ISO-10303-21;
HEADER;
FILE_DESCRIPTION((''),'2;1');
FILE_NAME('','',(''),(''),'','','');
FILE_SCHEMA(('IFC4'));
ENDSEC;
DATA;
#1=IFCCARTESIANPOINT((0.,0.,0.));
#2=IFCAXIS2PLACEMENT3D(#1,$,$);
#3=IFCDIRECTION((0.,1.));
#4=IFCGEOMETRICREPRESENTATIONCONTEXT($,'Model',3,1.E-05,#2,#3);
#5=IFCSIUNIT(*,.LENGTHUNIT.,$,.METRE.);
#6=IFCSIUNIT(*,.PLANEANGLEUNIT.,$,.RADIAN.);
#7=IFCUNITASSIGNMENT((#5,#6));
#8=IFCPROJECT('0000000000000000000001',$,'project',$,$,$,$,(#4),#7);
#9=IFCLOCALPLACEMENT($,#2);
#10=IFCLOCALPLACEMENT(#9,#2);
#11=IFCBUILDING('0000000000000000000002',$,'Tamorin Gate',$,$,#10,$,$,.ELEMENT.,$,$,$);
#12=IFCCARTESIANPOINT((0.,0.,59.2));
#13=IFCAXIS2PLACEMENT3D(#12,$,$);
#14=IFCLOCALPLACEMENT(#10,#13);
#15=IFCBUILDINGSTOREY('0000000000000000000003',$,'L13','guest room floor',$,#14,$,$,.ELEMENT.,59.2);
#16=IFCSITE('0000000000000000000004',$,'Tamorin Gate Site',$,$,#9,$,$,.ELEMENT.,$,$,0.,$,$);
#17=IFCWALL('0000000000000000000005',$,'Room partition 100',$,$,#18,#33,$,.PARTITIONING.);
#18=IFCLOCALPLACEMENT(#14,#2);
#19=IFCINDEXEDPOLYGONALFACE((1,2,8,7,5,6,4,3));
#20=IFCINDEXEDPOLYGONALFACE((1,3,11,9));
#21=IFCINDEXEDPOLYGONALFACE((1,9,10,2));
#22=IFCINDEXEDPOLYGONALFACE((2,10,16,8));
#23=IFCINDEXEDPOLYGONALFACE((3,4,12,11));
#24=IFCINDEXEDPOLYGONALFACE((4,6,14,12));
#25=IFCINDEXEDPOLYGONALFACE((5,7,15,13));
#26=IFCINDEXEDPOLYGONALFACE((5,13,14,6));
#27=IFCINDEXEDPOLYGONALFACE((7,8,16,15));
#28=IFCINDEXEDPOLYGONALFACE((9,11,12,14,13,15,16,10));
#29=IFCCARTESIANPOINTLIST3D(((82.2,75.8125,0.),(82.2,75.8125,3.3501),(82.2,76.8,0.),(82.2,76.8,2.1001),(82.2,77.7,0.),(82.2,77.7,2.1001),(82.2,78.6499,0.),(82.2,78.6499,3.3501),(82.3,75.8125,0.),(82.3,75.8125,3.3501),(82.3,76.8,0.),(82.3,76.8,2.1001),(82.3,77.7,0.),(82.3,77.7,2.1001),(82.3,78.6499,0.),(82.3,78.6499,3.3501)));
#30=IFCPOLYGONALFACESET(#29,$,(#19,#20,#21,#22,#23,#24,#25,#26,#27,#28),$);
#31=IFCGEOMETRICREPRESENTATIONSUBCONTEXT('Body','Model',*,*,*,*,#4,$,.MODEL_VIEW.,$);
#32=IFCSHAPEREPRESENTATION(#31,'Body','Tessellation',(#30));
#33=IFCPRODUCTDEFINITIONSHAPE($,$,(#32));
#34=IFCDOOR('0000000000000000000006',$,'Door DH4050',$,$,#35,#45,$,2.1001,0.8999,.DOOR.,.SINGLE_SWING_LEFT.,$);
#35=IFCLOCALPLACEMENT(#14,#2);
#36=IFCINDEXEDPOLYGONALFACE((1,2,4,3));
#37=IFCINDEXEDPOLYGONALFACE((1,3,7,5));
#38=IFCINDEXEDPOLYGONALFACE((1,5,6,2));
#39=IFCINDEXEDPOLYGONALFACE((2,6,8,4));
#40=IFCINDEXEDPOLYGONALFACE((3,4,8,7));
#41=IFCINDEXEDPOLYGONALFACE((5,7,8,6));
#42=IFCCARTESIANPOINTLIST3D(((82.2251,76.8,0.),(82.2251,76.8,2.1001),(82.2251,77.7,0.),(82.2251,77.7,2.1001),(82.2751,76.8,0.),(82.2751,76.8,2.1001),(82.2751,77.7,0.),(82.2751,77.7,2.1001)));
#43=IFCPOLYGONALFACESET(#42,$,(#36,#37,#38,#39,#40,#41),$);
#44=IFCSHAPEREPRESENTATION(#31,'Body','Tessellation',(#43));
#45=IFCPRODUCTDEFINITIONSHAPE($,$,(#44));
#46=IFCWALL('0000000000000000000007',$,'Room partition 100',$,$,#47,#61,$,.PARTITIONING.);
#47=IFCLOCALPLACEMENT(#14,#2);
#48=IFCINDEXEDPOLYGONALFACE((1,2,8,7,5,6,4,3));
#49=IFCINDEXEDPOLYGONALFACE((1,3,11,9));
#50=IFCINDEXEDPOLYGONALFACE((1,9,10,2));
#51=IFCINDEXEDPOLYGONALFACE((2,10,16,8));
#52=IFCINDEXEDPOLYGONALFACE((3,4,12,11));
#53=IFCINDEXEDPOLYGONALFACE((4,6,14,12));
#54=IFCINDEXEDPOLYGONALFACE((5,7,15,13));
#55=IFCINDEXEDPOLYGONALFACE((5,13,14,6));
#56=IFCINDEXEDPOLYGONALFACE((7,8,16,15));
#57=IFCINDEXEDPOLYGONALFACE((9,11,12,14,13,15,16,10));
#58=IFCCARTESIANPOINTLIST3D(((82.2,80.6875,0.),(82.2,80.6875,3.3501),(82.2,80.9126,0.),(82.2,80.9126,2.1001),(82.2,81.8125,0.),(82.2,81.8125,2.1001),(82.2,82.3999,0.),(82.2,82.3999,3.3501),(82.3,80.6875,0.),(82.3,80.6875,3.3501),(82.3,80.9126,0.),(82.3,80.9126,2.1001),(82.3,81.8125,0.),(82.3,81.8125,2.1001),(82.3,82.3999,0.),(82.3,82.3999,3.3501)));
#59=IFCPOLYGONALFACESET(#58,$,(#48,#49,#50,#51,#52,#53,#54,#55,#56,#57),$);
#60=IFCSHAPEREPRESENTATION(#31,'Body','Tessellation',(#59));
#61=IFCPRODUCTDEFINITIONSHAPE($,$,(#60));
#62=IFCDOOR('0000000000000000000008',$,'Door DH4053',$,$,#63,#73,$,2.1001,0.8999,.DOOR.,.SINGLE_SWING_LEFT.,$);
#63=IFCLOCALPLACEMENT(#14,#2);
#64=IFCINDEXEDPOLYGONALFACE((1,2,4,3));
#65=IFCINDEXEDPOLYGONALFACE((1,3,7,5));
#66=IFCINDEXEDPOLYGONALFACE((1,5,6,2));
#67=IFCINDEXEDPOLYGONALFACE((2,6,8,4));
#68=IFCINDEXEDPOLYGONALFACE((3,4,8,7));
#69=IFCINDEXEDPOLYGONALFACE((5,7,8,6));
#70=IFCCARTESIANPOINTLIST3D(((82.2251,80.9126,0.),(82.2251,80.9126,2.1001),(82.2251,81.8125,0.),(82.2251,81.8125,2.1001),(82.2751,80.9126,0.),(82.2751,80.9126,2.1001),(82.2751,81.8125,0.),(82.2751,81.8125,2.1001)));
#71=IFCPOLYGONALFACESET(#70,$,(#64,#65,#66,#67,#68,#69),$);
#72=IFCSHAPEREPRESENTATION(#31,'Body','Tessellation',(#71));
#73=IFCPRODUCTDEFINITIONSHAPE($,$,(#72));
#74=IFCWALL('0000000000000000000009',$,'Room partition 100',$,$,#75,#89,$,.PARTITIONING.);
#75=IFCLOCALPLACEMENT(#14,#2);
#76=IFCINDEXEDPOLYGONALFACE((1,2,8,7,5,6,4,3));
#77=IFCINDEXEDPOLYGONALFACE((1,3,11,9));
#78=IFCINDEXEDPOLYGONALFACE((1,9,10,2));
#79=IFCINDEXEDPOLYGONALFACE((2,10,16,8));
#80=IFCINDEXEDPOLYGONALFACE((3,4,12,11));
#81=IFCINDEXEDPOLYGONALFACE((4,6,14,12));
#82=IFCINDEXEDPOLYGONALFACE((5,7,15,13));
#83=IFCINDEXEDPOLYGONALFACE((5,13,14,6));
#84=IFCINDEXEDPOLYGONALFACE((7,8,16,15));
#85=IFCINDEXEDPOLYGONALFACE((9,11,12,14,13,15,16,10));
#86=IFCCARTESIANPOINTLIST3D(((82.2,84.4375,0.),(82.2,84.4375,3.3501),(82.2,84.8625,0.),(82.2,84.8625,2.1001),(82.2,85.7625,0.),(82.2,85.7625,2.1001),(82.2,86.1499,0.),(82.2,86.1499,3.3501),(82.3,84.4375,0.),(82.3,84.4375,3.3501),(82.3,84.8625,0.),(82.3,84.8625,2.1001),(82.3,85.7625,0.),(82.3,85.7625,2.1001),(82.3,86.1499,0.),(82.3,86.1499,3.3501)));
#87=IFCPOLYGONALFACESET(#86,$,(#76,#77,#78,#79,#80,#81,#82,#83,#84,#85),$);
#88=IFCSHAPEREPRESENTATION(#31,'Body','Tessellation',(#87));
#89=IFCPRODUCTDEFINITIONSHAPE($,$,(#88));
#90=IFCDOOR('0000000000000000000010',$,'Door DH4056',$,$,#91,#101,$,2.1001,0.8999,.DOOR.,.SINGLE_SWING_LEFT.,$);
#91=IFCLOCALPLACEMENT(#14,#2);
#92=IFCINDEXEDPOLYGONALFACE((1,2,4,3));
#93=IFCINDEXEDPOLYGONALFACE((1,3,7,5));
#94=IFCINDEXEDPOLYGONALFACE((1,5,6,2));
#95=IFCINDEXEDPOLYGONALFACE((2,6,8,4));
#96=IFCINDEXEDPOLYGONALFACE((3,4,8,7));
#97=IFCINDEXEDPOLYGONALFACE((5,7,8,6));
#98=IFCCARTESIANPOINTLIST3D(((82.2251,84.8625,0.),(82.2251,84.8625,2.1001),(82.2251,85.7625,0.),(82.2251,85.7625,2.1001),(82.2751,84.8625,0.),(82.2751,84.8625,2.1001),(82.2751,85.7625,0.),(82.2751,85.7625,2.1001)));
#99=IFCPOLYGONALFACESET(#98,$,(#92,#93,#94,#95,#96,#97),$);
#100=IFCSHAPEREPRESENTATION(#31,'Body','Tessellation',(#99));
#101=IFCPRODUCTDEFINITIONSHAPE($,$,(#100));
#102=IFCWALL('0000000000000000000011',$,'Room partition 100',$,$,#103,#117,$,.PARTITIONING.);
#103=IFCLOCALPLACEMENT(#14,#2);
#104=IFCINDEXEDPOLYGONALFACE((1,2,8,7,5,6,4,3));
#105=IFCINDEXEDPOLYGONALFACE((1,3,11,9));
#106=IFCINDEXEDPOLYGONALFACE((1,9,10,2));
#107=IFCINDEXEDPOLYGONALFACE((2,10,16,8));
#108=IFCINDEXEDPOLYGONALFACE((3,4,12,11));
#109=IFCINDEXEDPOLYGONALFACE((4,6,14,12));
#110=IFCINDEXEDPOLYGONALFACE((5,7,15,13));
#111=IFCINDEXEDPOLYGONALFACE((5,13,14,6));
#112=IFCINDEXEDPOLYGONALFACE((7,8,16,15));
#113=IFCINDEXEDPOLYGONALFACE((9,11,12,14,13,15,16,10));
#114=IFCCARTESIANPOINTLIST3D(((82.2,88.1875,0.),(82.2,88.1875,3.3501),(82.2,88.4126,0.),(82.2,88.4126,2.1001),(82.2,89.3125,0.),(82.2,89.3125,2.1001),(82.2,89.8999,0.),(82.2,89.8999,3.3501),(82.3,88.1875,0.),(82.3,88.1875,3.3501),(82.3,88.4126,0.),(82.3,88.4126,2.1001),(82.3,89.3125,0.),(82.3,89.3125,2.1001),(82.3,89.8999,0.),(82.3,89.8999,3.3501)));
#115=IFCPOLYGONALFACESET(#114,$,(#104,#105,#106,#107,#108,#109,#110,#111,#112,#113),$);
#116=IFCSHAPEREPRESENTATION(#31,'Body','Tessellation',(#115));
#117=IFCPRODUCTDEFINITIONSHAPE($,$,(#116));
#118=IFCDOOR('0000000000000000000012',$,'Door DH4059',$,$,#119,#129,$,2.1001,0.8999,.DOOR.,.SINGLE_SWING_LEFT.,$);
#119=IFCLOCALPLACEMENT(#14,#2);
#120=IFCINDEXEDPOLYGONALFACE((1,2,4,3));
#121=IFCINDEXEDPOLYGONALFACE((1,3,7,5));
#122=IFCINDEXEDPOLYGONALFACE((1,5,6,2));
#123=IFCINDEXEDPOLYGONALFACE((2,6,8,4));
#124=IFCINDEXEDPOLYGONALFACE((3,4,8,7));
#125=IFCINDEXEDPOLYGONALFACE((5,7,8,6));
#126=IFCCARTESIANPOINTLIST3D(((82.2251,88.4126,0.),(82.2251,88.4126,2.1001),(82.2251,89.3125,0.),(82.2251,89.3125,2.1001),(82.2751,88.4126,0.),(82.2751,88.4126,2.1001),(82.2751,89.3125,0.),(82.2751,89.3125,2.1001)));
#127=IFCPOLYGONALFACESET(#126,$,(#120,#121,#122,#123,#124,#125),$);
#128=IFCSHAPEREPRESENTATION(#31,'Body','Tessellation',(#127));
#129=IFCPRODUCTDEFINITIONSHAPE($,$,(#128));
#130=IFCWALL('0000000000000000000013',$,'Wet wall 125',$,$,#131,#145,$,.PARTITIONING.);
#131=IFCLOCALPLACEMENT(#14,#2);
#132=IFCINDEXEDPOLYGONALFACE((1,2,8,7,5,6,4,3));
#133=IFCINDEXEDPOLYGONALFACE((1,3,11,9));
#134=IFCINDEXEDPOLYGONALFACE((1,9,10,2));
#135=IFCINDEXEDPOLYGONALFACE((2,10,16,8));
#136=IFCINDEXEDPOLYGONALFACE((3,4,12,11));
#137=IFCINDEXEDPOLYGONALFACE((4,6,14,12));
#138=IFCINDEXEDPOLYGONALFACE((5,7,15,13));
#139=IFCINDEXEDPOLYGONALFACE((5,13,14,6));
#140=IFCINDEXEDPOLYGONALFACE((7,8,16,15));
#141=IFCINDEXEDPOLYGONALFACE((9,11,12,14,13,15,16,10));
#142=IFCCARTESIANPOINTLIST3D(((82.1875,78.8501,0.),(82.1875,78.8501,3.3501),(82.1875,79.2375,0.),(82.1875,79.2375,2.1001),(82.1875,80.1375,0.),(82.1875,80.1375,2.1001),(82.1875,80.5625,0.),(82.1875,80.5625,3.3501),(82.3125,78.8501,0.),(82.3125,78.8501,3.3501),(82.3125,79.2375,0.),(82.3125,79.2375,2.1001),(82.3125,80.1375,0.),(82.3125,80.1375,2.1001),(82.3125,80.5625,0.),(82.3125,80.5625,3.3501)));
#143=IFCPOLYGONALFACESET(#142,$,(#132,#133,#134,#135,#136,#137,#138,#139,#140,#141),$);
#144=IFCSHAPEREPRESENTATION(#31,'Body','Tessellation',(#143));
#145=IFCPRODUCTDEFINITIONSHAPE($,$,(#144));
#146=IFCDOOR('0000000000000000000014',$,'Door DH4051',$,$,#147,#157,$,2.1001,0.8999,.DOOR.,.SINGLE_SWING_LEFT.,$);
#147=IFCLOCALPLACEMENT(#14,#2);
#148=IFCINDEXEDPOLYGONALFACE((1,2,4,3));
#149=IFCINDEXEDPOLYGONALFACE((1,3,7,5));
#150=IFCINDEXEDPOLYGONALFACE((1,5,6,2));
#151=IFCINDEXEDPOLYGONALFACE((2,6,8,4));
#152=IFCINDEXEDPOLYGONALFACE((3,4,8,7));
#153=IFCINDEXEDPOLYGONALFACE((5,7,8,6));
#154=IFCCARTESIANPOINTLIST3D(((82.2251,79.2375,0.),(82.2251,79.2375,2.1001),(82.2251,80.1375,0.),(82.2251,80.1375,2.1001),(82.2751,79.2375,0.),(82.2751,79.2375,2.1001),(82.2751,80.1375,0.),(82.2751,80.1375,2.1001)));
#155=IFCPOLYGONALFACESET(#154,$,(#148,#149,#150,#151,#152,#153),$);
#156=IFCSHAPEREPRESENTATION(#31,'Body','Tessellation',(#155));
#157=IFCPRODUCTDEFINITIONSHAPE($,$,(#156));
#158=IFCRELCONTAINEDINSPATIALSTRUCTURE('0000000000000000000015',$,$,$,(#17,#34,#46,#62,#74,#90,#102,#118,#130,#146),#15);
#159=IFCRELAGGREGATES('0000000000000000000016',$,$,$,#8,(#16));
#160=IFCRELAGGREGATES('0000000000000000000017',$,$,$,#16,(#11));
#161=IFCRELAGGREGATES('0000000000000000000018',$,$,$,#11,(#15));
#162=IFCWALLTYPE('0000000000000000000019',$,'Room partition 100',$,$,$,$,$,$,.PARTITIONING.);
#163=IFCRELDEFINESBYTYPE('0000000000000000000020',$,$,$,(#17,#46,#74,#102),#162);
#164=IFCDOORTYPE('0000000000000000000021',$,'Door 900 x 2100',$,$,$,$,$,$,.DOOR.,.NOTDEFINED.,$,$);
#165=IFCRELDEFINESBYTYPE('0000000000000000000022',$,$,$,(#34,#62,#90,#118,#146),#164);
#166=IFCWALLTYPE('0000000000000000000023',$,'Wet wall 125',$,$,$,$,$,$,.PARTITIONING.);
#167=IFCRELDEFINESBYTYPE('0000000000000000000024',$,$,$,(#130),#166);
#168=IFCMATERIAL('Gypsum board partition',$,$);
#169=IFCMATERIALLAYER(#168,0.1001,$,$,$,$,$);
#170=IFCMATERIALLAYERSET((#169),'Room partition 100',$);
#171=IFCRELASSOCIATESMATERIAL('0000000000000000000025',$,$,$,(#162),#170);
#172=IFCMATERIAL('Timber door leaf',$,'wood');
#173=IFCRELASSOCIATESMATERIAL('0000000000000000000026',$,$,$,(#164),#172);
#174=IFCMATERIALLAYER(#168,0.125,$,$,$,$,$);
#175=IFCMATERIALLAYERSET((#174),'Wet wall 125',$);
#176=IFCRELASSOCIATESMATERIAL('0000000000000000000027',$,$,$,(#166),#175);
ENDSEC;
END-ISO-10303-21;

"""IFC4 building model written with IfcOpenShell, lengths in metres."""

from ifc_helpers import new_model, si_unit, direction, frame, frame_2d, origin, place, context, subcontext, project, spatial, rectangle, extrude, material, layer, layer_set, type_object, element, fill, save


model = new_model("IFC4")

# Units and contexts
model_context = context("Model", 3, precision=1e-05, world=origin(), true_north=direction((0.0, 1.0)))
body_context = subcontext(model_context, "Body", "Model", "MODEL_VIEW")
ifc_project = project(units=[si_unit("LENGTHUNIT", "METRE"), si_unit("PLANEANGLEUNIT", "RADIAN")], contexts=[model_context])

# Site, building, storey
site_placement = place(None, origin())
site = spatial("IfcSite", under=ifc_project, at=site_placement, Name="Tamorin Gate Site", CompositionType="ELEMENT", RefElevation=0.0)
building_placement = place(site_placement, origin())
building = spatial("IfcBuilding", under=site, at=building_placement, Name="Tamorin Gate", CompositionType="ELEMENT")
storey_placement = place(building_placement, frame((0.0, 0.0, 59.2)))
storey = spatial("IfcBuildingStorey", under=building, at=storey_placement, Name="L13", Description="guest room floor", CompositionType="ELEMENT", Elevation=59.2)

# Walls, openings, doors
ifc_material_1 = material(Name="Gypsum board partition")
ifc_layer_1 = layer(ifc_material_1, 0.1001)
ifc_layer_set_1 = layer_set([ifc_layer_1], Name="Room partition 100")
wall_type_1 = type_object("IfcWallType", Name="Room partition 100", PredefinedType="PARTITIONING", material=ifc_layer_set_1)
wall_1_placement = place(storey_placement, frame((82.25, 75.8125, 0.0), z_axis=(0.0, 0.0, 1.0), x_axis=(0.0, 1.0, 0.0)))
wall_1 = element("IfcWall", 1, at=wall_1_placement, inside=storey, type_object=wall_type_1, Name="Room partition 100", PredefinedType="PARTITIONING", context=body_context, shape_type="SweptSolid", body=[
    extrude(rectangle(XDim=2.8374, YDim=0.1001, at=frame_2d((1.4187, 0.0))), origin(), (0.0, 0.0, 1.0), 3.3501),
])
opening_1_placement = place(wall_1_placement, frame((0.9875, 0.0, 0.0)))
opening_1 = element("IfcOpeningElement", 2, at=opening_1_placement, cuts=wall_1, PredefinedType="OPENING", context=body_context, shape_type="SweptSolid", body=[
    extrude(rectangle(XDim=0.8999, YDim=2.1001, at=frame_2d((0.45, 1.05))), frame((0.0, 0.0601, 0.0), z_axis=(0.0, -1.0, 0.0), x_axis=(1.0, 0.0, 0.0)), (0.0, 0.0, 1.0), 0.1201),
])
ifc_material_2 = material(Name="Timber door leaf", Category="wood")
door_type = type_object("IfcDoorType", Name="Door 900 x 2100", OperationType="NOTDEFINED", PredefinedType="DOOR", material=ifc_material_2)
door_1_placement = place(opening_1_placement, origin())
door_1 = element("IfcDoor", 3, at=door_1_placement, inside=storey, type_object=door_type, Name="Door DH4050", OperationType="SINGLE_SWING_LEFT", OverallHeight=2.1001, OverallWidth=0.8999, PredefinedType="DOOR", context=body_context, shape_type="SweptSolid", body=[
    extrude(rectangle(XDim=0.8999, YDim=2.1001, at=frame_2d((0.45, 1.05))), frame((0.0, 0.0249, 0.0), z_axis=(0.0, -1.0, 0.0), x_axis=(1.0, 0.0, 0.0)), (0.0, 0.0, 1.0), 0.05),
])
fill(opening_1, door_1)
wall_2_placement = place(storey_placement, frame((82.25, 80.6875, 0.0), z_axis=(0.0, 0.0, 1.0), x_axis=(0.0, 1.0, 0.0)))
wall_2 = element("IfcWall", 4, at=wall_2_placement, inside=storey, type_object=wall_type_1, Name="Room partition 100", PredefinedType="PARTITIONING", context=body_context, shape_type="SweptSolid", body=[
    extrude(rectangle(XDim=1.7124, YDim=0.1001, at=frame_2d((0.8562, 0.0))), origin(), (0.0, 0.0, 1.0), 3.3501),
])
opening_2_placement = place(wall_2_placement, frame((0.2251, 0.0, 0.0)))
opening_2 = element("IfcOpeningElement", 5, at=opening_2_placement, cuts=wall_2, PredefinedType="OPENING", context=body_context, shape_type="SweptSolid", body=[
    extrude(rectangle(XDim=0.8999, YDim=2.1001, at=frame_2d((0.45, 1.05))), frame((0.0, 0.0601, 0.0), z_axis=(0.0, -1.0, 0.0), x_axis=(1.0, 0.0, 0.0)), (0.0, 0.0, 1.0), 0.1201),
])
door_2_placement = place(opening_2_placement, origin())
door_2 = element("IfcDoor", 6, at=door_2_placement, inside=storey, type_object=door_type, Name="Door DH4053", OperationType="SINGLE_SWING_LEFT", OverallHeight=2.1001, OverallWidth=0.8999, PredefinedType="DOOR", context=body_context, shape_type="SweptSolid", body=[
    extrude(rectangle(XDim=0.8999, YDim=2.1001, at=frame_2d((0.45, 1.05))), frame((0.0, 0.0249, 0.0), z_axis=(0.0, -1.0, 0.0), x_axis=(1.0, 0.0, 0.0)), (0.0, 0.0, 1.0), 0.05),
])
fill(opening_2, door_2)
wall_3_placement = place(storey_placement, frame((82.25, 84.4375, 0.0), z_axis=(0.0, 0.0, 1.0), x_axis=(0.0, 1.0, 0.0)))
wall_3 = element("IfcWall", 7, at=wall_3_placement, inside=storey, type_object=wall_type_1, Name="Room partition 100", PredefinedType="PARTITIONING", context=body_context, shape_type="SweptSolid", body=[
    extrude(rectangle(XDim=1.7124, YDim=0.1001, at=frame_2d((0.8562, 0.0))), origin(), (0.0, 0.0, 1.0), 3.3501),
])
opening_3_placement = place(wall_3_placement, frame((0.425, 0.0, 0.0)))
opening_3 = element("IfcOpeningElement", 8, at=opening_3_placement, cuts=wall_3, PredefinedType="OPENING", context=body_context, shape_type="SweptSolid", body=[
    extrude(rectangle(XDim=0.8999, YDim=2.1001, at=frame_2d((0.45, 1.05))), frame((0.0, 0.0601, 0.0), z_axis=(0.0, -1.0, 0.0), x_axis=(1.0, 0.0, 0.0)), (0.0, 0.0, 1.0), 0.1201),
])
door_3_placement = place(opening_3_placement, origin())
door_3 = element("IfcDoor", 9, at=door_3_placement, inside=storey, type_object=door_type, Name="Door DH4056", OperationType="SINGLE_SWING_LEFT", OverallHeight=2.1001, OverallWidth=0.8999, PredefinedType="DOOR", context=body_context, shape_type="SweptSolid", body=[
    extrude(rectangle(XDim=0.8999, YDim=2.1001, at=frame_2d((0.45, 1.05))), frame((0.0, 0.0249, 0.0), z_axis=(0.0, -1.0, 0.0), x_axis=(1.0, 0.0, 0.0)), (0.0, 0.0, 1.0), 0.05),
])
fill(opening_3, door_3)
wall_4_placement = place(storey_placement, frame((82.25, 88.1875, 0.0), z_axis=(0.0, 0.0, 1.0), x_axis=(0.0, 1.0, 0.0)))
wall_4 = element("IfcWall", 10, at=wall_4_placement, inside=storey, type_object=wall_type_1, Name="Room partition 100", PredefinedType="PARTITIONING", context=body_context, shape_type="SweptSolid", body=[
    extrude(rectangle(XDim=1.7124, YDim=0.1001, at=frame_2d((0.8562, 0.0))), origin(), (0.0, 0.0, 1.0), 3.3501),
])
opening_4_placement = place(wall_4_placement, frame((0.2251, 0.0, 0.0)))
opening_4 = element("IfcOpeningElement", 11, at=opening_4_placement, cuts=wall_4, PredefinedType="OPENING", context=body_context, shape_type="SweptSolid", body=[
    extrude(rectangle(XDim=0.8999, YDim=2.1001, at=frame_2d((0.45, 1.05))), frame((0.0, 0.0601, 0.0), z_axis=(0.0, -1.0, 0.0), x_axis=(1.0, 0.0, 0.0)), (0.0, 0.0, 1.0), 0.1201),
])
door_4_placement = place(opening_4_placement, origin())
door_4 = element("IfcDoor", 12, at=door_4_placement, inside=storey, type_object=door_type, Name="Door DH4059", OperationType="SINGLE_SWING_LEFT", OverallHeight=2.1001, OverallWidth=0.8999, PredefinedType="DOOR", context=body_context, shape_type="SweptSolid", body=[
    extrude(rectangle(XDim=0.8999, YDim=2.1001, at=frame_2d((0.45, 1.05))), frame((0.0, 0.0249, 0.0), z_axis=(0.0, -1.0, 0.0), x_axis=(1.0, 0.0, 0.0)), (0.0, 0.0, 1.0), 0.05),
])
fill(opening_4, door_4)
ifc_layer_2 = layer(ifc_material_1, 0.125)
ifc_layer_set_2 = layer_set([ifc_layer_2], Name="Wet wall 125")
wall_type_2 = type_object("IfcWallType", Name="Wet wall 125", PredefinedType="PARTITIONING", material=ifc_layer_set_2)
wall_5_placement = place(storey_placement, frame((82.25, 78.8501, 0.0), z_axis=(0.0, 0.0, 1.0), x_axis=(0.0, 1.0, 0.0)))
wall_5 = element("IfcWall", 13, at=wall_5_placement, inside=storey, type_object=wall_type_2, Name="Wet wall 125", PredefinedType="PARTITIONING", context=body_context, shape_type="SweptSolid", body=[
    extrude(rectangle(XDim=1.7124, YDim=0.125, at=frame_2d((0.8562, 0.0))), origin(), (0.0, 0.0, 1.0), 3.3501),
])
opening_5_placement = place(wall_5_placement, frame((0.3875, 0.0, 0.0)))
opening_5 = element("IfcOpeningElement", 14, at=opening_5_placement, cuts=wall_5, PredefinedType="OPENING", context=body_context, shape_type="SweptSolid", body=[
    extrude(rectangle(XDim=0.8999, YDim=2.1001, at=frame_2d((0.45, 1.05))), frame((0.0, 0.0725, 0.0), z_axis=(0.0, -1.0, 0.0), x_axis=(1.0, 0.0, 0.0)), (0.0, 0.0, 1.0), 0.145),
])
door_5_placement = place(opening_5_placement, origin())
door_5 = element("IfcDoor", 15, at=door_5_placement, inside=storey, type_object=door_type, Name="Door DH4051", OperationType="SINGLE_SWING_LEFT", OverallHeight=2.1001, OverallWidth=0.8999, PredefinedType="DOOR", context=body_context, shape_type="SweptSolid", body=[
    extrude(rectangle(XDim=0.8999, YDim=2.1001, at=frame_2d((0.45, 1.05))), frame((0.0, 0.0249, 0.0), z_axis=(0.0, -1.0, 0.0), x_axis=(1.0, 0.0, 0.0)), (0.0, 0.0, 1.0), 0.05),
])
fill(opening_5, door_5)

save(model, "model.ifc")
